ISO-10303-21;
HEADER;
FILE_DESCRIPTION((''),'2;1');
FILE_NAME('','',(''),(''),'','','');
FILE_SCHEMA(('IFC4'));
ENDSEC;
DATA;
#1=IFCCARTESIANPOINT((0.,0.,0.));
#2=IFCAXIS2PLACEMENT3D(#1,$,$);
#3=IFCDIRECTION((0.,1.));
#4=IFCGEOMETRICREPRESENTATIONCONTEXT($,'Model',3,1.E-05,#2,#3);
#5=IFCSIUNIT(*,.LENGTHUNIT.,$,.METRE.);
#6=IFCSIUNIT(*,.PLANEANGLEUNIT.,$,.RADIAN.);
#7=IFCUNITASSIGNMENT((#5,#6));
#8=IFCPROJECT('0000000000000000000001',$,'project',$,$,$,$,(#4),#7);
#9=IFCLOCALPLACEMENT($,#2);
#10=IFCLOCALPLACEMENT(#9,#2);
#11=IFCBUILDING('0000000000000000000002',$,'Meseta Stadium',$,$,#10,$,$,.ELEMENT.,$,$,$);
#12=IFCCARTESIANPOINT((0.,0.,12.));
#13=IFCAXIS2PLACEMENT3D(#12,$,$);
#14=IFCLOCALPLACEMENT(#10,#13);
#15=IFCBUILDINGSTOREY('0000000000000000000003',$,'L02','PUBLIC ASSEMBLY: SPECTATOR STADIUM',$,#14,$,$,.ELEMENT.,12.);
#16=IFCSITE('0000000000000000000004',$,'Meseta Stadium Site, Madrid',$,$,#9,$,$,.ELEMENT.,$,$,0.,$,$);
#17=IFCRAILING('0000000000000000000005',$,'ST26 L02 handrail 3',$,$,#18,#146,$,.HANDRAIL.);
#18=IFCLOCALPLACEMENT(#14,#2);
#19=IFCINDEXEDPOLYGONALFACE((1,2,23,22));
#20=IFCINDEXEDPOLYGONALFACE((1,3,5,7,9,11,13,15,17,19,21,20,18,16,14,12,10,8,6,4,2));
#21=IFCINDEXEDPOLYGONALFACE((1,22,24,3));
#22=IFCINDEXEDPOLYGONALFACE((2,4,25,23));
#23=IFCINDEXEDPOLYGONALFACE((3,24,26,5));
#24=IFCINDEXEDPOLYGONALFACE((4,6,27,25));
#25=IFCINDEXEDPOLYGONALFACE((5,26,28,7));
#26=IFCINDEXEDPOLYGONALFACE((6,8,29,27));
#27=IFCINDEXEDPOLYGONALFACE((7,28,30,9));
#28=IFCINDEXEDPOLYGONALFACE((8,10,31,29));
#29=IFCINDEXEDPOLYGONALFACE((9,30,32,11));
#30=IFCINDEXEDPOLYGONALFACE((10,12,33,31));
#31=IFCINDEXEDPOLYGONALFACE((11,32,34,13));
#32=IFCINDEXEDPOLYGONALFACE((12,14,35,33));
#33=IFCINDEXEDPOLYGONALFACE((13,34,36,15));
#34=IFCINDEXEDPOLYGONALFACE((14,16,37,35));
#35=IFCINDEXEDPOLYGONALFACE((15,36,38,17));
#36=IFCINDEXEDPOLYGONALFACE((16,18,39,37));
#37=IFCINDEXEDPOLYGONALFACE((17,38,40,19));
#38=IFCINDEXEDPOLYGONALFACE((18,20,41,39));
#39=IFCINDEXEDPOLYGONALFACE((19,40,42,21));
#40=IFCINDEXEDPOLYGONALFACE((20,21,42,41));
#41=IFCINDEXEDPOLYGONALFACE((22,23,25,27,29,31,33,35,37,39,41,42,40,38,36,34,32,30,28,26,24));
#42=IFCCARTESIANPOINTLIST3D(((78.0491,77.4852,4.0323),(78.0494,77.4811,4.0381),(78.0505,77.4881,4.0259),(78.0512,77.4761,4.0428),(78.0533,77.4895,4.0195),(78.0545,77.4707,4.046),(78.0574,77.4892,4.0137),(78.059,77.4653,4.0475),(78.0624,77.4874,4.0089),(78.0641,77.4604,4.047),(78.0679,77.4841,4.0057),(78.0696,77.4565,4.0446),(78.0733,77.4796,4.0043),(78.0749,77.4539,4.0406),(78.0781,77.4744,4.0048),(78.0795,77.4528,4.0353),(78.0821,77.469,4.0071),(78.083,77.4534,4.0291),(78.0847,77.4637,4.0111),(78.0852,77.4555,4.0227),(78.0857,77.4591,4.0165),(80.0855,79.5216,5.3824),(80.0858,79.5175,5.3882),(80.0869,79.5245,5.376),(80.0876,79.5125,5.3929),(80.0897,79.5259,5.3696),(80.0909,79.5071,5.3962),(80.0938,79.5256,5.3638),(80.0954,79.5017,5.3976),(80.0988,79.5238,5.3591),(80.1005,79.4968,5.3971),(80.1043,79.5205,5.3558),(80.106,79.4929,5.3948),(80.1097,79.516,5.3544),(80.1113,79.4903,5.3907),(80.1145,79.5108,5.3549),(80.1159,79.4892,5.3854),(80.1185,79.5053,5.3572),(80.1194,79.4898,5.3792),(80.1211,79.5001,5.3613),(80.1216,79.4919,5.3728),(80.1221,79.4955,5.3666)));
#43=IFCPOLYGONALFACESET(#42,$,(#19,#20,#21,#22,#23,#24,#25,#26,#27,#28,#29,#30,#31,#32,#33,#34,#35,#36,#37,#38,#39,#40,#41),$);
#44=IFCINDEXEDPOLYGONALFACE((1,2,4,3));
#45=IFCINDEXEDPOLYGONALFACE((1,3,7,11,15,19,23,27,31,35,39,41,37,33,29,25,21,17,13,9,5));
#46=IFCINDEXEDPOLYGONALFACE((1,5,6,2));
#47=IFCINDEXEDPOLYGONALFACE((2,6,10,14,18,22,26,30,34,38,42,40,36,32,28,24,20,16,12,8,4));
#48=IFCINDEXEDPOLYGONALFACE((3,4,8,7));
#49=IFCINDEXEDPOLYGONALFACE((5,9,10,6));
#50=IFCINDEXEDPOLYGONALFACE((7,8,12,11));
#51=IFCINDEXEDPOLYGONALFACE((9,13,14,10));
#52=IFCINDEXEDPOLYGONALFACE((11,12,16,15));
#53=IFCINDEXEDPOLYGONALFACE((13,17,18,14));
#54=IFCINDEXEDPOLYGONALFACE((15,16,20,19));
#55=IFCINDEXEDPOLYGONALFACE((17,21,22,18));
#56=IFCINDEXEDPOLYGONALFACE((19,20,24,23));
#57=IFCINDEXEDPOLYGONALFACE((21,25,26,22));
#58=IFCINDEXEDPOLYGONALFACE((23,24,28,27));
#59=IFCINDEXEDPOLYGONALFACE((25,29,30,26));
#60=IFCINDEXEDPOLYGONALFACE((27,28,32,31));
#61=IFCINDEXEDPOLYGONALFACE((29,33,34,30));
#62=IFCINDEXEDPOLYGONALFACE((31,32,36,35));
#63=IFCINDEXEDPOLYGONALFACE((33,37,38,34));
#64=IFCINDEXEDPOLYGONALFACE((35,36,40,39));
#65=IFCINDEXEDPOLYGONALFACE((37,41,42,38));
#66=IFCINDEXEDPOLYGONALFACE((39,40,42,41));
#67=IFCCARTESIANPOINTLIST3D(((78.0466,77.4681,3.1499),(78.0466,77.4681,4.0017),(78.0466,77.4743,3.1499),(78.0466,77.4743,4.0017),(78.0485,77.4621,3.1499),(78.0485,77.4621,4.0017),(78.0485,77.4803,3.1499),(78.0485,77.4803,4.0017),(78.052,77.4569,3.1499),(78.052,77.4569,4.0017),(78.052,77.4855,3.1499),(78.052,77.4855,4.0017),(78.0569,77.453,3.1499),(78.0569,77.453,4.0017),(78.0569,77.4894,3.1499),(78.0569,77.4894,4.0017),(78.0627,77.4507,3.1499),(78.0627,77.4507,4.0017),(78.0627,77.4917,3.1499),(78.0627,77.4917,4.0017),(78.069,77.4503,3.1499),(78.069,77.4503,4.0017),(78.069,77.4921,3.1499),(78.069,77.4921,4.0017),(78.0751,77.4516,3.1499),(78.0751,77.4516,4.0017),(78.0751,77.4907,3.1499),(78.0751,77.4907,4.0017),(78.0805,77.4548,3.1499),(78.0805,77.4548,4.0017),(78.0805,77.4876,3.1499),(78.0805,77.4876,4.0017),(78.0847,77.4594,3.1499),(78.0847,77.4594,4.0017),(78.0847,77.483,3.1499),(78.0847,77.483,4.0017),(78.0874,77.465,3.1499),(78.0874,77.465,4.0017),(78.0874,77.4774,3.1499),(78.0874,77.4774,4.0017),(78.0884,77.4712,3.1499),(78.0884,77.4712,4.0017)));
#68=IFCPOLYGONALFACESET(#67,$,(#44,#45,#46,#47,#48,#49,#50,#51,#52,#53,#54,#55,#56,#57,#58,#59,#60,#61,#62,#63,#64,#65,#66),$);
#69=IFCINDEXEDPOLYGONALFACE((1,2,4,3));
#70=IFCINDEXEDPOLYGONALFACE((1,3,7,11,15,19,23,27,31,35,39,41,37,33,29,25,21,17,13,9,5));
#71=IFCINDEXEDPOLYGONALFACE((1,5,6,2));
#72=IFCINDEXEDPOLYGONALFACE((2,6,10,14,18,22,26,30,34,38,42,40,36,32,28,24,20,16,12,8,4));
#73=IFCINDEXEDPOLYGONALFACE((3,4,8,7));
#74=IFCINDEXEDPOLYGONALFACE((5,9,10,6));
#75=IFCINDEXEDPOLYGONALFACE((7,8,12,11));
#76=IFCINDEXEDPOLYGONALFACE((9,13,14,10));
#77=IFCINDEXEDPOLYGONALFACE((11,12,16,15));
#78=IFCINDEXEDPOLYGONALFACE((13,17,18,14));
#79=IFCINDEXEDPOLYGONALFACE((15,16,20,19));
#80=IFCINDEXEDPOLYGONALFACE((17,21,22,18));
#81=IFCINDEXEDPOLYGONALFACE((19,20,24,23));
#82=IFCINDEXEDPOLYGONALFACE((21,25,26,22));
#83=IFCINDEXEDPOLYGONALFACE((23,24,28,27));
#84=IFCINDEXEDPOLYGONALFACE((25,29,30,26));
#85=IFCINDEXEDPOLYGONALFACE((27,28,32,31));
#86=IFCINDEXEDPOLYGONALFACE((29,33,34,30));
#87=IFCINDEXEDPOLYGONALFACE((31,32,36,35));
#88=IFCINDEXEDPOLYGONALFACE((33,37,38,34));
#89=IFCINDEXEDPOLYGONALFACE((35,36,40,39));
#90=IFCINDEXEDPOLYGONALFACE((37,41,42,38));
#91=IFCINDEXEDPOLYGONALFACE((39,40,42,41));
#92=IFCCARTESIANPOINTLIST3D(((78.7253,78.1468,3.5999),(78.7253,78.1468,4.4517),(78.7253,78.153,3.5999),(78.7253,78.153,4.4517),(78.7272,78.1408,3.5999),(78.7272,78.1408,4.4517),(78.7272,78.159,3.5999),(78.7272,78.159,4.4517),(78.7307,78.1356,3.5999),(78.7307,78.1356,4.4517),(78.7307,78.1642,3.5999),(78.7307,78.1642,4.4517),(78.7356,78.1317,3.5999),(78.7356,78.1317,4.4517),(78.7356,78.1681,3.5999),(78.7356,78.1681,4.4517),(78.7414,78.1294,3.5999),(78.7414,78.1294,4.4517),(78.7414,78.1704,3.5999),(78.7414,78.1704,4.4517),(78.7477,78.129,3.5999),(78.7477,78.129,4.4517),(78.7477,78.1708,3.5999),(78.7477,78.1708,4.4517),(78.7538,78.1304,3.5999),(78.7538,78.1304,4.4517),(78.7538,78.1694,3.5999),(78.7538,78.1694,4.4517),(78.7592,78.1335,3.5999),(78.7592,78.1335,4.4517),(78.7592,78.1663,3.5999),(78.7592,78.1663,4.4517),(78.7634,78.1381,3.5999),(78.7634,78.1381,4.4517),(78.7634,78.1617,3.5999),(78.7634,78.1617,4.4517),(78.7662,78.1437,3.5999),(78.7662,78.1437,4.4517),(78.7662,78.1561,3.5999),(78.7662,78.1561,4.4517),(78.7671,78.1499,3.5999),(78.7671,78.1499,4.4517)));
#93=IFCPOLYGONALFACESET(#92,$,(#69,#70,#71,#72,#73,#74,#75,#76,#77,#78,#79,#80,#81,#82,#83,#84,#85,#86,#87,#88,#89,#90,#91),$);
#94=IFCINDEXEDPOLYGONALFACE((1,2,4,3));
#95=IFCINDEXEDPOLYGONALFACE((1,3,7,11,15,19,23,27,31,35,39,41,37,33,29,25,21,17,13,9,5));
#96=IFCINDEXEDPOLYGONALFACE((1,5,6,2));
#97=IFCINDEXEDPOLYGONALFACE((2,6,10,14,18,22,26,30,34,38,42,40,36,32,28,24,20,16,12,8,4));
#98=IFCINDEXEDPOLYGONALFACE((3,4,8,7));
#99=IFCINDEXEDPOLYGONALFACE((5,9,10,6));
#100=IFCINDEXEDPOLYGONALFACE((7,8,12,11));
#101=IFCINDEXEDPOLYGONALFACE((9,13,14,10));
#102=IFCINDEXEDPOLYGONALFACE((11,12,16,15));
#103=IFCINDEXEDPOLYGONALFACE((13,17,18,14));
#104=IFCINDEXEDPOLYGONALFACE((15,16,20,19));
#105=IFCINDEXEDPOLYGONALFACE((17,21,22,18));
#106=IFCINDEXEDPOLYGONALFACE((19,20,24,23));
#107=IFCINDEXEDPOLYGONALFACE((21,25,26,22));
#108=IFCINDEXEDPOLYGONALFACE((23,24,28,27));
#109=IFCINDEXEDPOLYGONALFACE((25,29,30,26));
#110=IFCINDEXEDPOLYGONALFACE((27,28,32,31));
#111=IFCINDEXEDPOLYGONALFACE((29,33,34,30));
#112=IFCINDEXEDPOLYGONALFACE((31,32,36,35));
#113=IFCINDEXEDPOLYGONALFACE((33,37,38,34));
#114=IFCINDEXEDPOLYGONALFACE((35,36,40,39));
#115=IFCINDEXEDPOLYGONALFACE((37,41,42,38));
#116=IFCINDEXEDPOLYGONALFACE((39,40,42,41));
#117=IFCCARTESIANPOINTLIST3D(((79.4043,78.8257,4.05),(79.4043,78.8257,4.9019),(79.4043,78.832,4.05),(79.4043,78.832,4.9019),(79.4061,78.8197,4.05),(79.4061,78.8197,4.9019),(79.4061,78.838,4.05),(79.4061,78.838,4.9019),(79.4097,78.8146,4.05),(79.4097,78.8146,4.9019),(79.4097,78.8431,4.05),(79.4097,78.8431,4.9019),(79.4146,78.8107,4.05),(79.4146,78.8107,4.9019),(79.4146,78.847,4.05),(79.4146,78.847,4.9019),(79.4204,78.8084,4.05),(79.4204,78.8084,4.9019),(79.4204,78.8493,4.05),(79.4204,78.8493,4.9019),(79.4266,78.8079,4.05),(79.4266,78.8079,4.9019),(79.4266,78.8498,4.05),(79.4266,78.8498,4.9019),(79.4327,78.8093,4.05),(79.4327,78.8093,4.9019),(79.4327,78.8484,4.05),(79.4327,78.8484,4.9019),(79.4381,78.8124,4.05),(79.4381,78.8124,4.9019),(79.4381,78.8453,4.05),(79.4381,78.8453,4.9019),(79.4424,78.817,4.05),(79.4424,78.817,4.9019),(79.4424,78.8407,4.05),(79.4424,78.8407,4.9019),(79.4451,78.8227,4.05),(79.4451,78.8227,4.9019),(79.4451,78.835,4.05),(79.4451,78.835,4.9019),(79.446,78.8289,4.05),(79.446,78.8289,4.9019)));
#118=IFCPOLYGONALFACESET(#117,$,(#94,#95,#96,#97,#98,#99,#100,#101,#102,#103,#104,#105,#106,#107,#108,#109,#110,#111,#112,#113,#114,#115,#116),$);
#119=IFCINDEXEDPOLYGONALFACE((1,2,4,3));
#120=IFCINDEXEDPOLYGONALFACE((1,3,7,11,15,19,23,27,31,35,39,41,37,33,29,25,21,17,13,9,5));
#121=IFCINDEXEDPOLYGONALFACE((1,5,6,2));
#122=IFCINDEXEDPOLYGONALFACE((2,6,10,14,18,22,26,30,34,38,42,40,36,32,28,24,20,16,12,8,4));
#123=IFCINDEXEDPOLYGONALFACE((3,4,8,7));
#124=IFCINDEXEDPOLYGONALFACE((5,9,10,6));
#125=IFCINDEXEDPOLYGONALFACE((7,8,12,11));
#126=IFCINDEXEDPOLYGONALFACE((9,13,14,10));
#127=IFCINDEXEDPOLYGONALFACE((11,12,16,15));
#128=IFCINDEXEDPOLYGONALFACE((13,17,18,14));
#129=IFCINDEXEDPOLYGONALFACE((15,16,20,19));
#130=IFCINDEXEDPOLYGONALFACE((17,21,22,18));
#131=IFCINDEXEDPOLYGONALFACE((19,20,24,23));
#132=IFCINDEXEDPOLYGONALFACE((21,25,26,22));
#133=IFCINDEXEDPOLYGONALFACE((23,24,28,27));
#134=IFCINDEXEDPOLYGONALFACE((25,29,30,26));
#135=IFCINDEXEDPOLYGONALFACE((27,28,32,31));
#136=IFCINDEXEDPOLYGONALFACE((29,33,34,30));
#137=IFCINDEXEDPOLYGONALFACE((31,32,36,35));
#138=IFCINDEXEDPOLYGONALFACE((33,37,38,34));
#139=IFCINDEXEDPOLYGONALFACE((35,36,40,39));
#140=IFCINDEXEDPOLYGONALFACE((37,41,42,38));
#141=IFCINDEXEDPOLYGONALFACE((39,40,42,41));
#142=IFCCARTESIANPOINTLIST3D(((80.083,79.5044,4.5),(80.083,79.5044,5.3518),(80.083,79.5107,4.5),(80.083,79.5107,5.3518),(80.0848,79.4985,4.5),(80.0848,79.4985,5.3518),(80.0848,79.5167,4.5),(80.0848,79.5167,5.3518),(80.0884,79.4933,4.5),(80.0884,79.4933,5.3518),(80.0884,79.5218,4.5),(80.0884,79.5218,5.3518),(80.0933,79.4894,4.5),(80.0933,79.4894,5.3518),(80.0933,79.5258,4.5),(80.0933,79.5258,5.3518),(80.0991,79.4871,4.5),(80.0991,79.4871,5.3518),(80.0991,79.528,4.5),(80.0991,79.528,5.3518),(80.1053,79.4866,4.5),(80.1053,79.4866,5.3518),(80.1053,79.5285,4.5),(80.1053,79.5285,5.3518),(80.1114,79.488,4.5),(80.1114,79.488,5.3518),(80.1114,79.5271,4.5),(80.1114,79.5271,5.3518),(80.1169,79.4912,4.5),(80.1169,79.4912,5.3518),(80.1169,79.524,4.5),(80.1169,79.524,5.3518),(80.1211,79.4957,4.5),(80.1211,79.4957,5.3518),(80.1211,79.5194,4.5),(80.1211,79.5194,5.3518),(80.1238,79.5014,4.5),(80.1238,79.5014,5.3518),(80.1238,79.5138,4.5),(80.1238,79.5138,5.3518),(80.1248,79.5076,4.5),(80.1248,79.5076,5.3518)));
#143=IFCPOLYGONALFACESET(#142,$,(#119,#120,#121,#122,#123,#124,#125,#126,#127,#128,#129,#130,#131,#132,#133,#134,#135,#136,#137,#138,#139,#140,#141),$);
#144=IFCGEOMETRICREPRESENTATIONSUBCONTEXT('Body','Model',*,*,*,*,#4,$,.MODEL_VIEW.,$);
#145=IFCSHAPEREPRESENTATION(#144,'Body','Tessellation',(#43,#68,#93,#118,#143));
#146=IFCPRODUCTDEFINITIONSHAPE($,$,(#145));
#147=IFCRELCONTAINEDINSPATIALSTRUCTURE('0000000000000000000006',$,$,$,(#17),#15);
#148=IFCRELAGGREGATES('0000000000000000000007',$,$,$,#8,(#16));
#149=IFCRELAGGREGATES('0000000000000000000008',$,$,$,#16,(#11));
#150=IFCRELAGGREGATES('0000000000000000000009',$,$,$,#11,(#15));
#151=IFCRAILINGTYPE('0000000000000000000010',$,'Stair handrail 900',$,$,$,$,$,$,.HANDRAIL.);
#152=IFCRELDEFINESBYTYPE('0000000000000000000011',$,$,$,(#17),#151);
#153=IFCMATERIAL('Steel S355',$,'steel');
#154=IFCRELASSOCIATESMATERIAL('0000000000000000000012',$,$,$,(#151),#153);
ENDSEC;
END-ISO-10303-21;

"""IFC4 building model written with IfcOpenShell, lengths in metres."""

from ifc_helpers import new_model, si_unit, direction, frame, origin, origin_2d, place, context, subcontext, project, spatial, circle, extrude, material, type_object, element, save


model = new_model("IFC4")

# Units and contexts
model_context = context("Model", 3, precision=1e-05, world=origin(), true_north=direction((0.0, 1.0)))
body_context = subcontext(model_context, "Body", "Model", "MODEL_VIEW")
ifc_project = project(units=[si_unit("LENGTHUNIT", "METRE"), si_unit("PLANEANGLEUNIT", "RADIAN")], contexts=[model_context])

# Site, building, storey
site_placement = place(None, origin())
site = spatial("IfcSite", under=ifc_project, at=site_placement, Name="Meseta Stadium Site, Madrid", CompositionType="ELEMENT", RefElevation=0.0)
building_placement = place(site_placement, origin())
building = spatial("IfcBuilding", under=site, at=building_placement, Name="Meseta Stadium", CompositionType="ELEMENT")
storey_placement = place(building_placement, frame((0.0, 0.0, 12.0)))
storey = spatial("IfcBuildingStorey", under=building, at=storey_placement, Name="L02", Description="PUBLIC ASSEMBLY: SPECTATOR STADIUM", CompositionType="ELEMENT", Elevation=12.0)

# Railing
ifc_material_1 = material(Name="Steel S355", Category="steel")
railing_type_1 = type_object("IfcRailingType", Name="Stair handrail 900", PredefinedType="HANDRAIL", material=ifc_material_1)
for number, where, name in (
    (1, (78.0674, 77.4712, 3.1499), "ST26 L02 handrail 3"),
):
    element("IfcRailing", number, at=place(storey_placement, frame(where)), inside=storey, type_object=railing_type_1, Name=name, PredefinedType="HANDRAIL", context=body_context, shape_type="SweptSolid", body=[
        extrude(circle(Radius=0.0239, at=origin_2d()), frame((0.0, 0.0, 0.876), z_axis=(0.640243, 0.640243, 0.424475), x_axis=(-0.707107, 0.707107, 0.0)), (0.0, 0.0, 1.0), 3.1807),
        extrude(circle(Radius=0.021, at=origin_2d()), origin(), (0.0, 0.0, 1.0), 0.8518),
        extrude(circle(Radius=0.021, at=origin_2d()), frame((0.6787, 0.6787, 0.45)), (0.0, 0.0, 1.0), 0.8518),
        extrude(circle(Radius=0.021, at=origin_2d()), frame((1.3577, 1.3577, 0.9001)), (0.0, 0.0, 1.0), 0.8518),
        extrude(circle(Radius=0.021, at=origin_2d()), frame((2.0364, 2.0364, 1.3501)), (0.0, 0.0, 1.0), 0.8518),
    ])

save(model, "model.ifc")
